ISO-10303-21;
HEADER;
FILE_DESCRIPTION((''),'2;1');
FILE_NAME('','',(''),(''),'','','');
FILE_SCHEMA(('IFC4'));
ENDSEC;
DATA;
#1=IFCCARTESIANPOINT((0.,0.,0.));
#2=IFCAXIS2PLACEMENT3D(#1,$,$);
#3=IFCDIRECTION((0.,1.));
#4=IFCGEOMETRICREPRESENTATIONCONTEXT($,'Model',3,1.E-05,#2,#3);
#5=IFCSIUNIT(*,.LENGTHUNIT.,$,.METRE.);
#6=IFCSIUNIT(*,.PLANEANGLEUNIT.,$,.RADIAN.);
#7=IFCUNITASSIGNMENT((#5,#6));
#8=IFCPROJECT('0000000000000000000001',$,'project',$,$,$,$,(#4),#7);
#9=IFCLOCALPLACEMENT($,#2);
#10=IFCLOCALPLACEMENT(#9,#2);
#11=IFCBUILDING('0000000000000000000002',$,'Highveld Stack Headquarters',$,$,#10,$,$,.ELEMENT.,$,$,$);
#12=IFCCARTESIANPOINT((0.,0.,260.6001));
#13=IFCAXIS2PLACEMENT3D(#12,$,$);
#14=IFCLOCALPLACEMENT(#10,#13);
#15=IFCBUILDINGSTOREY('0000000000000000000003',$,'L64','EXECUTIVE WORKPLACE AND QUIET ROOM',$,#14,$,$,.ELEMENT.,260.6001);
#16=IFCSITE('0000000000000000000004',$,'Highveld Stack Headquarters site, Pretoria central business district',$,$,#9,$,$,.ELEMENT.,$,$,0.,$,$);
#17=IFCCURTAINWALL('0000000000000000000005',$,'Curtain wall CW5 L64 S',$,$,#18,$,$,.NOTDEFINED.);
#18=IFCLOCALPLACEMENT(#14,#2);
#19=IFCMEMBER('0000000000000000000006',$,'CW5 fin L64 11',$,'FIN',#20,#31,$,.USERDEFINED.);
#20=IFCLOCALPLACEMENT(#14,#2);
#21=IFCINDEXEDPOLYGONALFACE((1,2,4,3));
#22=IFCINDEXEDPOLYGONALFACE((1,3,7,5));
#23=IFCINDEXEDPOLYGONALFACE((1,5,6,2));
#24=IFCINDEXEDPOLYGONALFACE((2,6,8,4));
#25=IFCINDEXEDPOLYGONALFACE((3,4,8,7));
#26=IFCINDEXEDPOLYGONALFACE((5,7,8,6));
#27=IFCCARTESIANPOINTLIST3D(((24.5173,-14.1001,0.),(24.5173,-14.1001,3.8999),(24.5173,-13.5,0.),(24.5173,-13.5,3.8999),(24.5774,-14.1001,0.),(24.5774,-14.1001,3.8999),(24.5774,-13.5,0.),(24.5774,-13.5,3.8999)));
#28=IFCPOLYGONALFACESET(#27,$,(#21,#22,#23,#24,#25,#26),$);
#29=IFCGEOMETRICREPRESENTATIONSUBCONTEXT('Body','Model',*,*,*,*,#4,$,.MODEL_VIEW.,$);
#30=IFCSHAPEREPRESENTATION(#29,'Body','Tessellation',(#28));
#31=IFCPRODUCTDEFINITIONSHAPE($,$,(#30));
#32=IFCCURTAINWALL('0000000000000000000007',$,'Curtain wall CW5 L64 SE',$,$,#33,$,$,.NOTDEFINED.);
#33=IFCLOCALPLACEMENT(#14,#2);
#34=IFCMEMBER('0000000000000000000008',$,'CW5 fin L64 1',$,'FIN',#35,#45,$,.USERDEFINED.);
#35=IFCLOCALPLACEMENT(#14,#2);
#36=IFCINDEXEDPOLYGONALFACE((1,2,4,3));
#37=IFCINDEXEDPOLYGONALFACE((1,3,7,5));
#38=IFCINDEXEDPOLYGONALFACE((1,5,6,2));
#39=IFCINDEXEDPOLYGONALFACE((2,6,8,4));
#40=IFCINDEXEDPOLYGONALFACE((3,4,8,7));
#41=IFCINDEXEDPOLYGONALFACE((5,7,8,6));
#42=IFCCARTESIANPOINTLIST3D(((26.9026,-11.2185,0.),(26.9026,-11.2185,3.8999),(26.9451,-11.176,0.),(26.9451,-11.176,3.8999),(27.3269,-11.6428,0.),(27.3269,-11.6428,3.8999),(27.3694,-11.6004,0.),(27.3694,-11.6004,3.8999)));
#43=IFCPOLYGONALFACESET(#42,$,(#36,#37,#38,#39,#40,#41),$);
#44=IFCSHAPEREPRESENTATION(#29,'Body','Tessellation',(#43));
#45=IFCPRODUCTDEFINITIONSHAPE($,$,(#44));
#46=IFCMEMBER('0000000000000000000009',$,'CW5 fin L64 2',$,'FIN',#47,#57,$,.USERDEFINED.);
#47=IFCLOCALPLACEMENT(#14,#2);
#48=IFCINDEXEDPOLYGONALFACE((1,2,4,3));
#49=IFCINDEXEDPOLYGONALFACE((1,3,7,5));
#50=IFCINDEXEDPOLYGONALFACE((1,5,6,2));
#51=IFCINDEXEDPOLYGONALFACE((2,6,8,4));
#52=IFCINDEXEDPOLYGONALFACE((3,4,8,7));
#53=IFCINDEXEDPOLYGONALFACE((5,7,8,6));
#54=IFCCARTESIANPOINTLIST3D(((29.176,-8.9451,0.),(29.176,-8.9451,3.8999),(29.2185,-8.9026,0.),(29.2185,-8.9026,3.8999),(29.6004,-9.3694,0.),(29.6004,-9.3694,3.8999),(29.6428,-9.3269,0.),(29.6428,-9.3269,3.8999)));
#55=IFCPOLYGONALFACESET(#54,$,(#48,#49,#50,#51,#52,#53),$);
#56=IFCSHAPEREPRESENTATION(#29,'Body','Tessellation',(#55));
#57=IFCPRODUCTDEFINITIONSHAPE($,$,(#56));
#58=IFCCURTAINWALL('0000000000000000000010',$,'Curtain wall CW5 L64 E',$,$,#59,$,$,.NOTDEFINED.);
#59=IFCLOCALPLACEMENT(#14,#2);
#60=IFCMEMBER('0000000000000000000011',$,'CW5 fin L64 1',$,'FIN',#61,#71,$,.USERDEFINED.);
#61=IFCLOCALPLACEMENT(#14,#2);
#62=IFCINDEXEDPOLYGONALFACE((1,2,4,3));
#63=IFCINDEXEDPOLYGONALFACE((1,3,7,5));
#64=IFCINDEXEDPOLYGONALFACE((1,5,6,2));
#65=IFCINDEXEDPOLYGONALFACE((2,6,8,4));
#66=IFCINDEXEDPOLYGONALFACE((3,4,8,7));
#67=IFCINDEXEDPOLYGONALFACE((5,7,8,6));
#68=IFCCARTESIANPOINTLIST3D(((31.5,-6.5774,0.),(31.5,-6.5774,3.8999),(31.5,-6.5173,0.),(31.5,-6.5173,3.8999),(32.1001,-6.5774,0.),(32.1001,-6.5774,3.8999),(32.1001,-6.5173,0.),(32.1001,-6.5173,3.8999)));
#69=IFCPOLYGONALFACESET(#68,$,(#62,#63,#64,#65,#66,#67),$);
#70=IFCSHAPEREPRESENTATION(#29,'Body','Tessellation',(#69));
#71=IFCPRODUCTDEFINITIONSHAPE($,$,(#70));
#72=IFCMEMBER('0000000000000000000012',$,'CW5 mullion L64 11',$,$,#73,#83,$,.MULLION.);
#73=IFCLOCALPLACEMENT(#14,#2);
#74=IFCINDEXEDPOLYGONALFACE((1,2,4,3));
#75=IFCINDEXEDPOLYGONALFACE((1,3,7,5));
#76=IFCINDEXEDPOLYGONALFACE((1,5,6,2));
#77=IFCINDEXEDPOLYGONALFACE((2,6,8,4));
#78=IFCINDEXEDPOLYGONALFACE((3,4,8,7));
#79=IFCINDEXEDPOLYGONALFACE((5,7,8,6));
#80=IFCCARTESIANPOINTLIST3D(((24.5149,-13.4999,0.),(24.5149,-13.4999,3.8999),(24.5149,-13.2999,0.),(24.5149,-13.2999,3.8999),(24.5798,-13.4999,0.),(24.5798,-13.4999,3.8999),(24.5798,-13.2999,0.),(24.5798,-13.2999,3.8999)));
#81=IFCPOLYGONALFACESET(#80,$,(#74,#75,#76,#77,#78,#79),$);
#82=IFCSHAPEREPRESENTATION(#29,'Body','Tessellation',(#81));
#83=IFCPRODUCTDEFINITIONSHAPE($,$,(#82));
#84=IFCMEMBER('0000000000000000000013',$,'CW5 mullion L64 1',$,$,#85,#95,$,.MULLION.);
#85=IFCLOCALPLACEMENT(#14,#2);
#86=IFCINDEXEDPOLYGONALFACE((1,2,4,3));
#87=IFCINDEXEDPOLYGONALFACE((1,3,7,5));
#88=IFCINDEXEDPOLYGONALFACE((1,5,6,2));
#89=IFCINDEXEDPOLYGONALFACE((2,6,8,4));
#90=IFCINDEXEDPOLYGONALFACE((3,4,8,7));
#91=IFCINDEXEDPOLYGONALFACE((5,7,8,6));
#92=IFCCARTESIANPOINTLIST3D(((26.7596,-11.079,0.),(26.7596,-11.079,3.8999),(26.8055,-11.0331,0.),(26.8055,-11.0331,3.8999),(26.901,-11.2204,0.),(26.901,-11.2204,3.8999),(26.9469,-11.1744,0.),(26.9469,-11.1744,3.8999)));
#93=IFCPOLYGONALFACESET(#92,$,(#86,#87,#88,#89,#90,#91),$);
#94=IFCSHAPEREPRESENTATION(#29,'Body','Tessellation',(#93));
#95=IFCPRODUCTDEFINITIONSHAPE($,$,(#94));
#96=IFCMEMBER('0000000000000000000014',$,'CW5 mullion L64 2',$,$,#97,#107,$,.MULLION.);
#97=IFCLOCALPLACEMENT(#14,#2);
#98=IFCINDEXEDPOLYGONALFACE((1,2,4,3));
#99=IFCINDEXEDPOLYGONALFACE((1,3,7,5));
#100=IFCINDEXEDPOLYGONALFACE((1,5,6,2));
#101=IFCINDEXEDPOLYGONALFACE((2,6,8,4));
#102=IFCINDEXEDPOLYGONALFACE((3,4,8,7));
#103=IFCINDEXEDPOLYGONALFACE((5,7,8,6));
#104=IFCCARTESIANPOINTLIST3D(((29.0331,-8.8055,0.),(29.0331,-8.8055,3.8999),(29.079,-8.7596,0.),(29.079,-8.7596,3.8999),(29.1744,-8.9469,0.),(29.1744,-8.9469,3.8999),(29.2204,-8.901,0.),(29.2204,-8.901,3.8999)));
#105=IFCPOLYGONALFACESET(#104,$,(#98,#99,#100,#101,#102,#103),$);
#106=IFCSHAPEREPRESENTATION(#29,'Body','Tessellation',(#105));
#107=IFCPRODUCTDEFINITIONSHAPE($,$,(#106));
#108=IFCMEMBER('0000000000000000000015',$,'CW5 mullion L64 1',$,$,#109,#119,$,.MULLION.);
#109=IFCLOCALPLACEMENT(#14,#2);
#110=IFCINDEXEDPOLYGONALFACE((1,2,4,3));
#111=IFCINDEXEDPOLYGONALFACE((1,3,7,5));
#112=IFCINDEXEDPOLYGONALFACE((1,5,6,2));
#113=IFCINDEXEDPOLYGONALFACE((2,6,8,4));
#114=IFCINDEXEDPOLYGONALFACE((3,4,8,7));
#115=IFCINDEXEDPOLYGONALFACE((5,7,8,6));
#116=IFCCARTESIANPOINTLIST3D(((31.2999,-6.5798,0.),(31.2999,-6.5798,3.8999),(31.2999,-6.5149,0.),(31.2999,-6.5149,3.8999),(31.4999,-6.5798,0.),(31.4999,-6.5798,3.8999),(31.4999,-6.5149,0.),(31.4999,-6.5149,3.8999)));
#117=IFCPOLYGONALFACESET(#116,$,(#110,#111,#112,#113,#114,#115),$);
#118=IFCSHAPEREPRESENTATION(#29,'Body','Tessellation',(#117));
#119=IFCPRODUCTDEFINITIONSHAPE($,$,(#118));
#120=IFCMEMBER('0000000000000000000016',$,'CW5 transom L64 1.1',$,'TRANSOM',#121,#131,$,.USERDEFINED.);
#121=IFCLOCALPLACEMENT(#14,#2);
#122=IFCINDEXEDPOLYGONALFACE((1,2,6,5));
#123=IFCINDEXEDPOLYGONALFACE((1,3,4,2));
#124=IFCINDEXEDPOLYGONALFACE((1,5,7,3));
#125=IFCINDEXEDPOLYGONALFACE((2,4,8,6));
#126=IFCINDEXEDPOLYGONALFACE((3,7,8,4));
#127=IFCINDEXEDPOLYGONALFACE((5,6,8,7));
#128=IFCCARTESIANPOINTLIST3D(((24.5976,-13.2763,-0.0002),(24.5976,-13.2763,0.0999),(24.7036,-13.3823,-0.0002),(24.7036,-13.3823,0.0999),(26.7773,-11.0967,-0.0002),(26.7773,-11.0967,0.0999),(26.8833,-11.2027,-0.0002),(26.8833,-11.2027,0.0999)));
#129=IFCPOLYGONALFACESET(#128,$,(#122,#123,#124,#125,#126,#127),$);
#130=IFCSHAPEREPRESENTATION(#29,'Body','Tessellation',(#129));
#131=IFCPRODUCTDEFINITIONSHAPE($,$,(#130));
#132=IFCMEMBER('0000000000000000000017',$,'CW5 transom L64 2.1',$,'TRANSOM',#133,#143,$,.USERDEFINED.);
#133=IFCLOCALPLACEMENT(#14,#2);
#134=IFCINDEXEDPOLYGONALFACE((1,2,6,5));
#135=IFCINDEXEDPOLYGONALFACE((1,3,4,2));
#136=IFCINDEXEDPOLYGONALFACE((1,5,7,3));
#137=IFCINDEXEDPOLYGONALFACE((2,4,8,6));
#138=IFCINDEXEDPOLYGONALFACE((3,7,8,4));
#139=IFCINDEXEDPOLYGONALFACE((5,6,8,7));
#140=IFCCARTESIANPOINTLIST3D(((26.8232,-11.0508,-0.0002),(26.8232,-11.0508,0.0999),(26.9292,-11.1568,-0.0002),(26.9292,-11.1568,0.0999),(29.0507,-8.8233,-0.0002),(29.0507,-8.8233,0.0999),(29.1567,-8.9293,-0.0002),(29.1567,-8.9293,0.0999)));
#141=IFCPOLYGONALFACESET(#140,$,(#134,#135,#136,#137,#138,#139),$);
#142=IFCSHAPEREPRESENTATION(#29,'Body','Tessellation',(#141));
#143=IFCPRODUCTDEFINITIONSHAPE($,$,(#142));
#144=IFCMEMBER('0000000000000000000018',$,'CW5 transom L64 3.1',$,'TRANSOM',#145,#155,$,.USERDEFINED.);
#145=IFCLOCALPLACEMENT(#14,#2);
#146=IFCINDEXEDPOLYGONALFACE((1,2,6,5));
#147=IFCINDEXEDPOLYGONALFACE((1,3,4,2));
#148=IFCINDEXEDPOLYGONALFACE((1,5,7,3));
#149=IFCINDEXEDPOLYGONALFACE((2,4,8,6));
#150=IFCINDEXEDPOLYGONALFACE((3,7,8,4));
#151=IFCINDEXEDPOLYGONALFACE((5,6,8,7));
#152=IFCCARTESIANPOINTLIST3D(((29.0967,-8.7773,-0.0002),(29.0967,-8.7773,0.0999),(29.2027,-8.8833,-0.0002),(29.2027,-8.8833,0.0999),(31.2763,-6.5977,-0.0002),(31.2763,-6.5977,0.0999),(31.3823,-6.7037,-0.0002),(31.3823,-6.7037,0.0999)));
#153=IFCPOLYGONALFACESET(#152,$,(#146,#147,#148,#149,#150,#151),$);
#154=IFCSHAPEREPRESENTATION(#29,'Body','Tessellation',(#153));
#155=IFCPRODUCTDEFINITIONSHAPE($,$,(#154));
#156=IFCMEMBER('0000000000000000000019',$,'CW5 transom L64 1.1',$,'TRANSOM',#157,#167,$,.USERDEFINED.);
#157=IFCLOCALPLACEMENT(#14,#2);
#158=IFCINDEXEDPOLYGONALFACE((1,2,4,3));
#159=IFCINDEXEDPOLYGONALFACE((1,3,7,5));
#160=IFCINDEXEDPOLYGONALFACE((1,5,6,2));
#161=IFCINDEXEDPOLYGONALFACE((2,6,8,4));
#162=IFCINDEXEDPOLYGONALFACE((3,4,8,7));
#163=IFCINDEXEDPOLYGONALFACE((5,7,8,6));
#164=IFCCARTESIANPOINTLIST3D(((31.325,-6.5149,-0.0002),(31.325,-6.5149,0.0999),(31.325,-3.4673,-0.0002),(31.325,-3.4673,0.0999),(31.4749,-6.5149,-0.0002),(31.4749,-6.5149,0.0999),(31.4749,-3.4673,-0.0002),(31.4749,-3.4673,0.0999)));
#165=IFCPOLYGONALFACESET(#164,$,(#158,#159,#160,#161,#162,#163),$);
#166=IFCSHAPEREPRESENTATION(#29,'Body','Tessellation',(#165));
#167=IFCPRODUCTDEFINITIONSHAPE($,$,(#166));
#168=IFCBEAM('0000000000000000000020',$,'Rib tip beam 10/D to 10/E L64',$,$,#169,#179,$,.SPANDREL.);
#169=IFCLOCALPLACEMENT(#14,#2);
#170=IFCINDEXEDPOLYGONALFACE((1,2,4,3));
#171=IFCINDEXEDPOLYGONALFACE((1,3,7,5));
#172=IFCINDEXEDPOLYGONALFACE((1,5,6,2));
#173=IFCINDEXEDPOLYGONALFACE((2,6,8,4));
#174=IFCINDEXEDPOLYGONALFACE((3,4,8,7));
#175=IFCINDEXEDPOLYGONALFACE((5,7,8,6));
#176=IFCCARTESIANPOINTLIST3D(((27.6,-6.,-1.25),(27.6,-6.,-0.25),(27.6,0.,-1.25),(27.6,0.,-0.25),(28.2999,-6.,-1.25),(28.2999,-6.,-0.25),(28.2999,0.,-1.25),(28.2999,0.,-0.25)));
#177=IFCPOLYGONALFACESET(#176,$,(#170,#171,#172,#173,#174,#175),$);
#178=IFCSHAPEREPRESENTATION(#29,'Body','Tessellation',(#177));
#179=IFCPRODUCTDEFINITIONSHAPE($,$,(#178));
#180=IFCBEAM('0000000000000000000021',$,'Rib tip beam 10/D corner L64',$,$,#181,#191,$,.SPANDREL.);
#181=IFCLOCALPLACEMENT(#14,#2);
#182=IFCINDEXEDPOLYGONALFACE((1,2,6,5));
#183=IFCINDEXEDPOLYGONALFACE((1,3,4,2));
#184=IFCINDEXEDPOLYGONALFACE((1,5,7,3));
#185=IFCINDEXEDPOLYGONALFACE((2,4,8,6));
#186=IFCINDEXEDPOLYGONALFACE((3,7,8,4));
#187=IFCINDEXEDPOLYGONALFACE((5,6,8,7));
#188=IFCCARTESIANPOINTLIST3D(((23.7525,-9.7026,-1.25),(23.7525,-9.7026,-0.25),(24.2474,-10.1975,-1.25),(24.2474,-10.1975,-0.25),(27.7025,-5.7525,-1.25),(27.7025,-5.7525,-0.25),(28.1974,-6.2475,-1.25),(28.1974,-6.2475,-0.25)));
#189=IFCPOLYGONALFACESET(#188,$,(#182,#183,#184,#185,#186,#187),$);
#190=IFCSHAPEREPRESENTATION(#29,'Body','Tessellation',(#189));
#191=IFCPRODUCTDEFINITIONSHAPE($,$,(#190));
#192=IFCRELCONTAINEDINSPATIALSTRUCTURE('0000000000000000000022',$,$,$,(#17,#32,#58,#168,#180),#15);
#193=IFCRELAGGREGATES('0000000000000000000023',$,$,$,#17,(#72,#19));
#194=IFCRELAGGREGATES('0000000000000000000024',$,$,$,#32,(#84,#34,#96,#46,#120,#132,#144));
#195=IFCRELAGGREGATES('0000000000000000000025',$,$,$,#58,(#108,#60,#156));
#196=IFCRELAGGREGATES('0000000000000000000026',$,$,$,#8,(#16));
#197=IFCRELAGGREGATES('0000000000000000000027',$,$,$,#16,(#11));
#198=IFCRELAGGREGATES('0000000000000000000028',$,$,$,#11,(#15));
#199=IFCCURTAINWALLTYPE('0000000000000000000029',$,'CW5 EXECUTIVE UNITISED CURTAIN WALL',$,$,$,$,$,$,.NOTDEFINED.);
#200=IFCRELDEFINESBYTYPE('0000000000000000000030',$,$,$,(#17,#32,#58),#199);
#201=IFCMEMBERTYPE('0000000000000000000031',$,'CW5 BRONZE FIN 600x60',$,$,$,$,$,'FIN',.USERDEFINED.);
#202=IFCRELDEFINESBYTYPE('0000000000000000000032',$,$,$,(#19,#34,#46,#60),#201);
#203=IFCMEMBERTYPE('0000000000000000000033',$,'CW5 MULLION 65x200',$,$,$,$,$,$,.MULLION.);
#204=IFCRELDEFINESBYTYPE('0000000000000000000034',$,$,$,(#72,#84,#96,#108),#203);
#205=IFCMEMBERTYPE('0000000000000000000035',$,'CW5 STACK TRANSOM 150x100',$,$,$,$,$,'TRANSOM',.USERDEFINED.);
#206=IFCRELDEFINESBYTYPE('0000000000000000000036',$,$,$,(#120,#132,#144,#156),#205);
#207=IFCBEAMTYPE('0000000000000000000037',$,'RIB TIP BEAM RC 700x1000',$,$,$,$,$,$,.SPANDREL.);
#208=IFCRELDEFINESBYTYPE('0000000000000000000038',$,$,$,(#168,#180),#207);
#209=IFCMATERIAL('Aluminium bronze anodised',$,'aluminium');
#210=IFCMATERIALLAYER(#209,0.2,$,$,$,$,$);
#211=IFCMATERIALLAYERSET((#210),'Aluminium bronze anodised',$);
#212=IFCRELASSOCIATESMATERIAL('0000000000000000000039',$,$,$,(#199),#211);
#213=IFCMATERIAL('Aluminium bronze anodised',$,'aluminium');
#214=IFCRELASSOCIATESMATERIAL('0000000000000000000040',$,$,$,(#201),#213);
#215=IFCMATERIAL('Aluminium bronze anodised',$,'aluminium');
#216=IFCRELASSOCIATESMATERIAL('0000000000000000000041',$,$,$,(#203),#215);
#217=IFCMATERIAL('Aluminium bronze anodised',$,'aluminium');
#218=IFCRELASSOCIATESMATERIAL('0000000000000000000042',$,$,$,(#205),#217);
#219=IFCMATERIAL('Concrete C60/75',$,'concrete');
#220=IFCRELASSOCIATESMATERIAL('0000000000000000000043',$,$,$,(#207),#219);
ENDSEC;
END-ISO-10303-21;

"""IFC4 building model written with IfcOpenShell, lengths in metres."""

from ifc_helpers import new_model, si_unit, direction, frame, origin, origin_2d, place, context, subcontext, project, spatial, rectangle, extrude, material, layer, layer_set, material_profile, profile_set, type_object, element, aggregate, save


model = new_model("IFC4")

# Units and contexts
model_context = context("Model", 3, precision=1e-05, world=origin(), true_north=direction((0.0, 1.0)))
body_context = subcontext(model_context, "Body", "Model", "MODEL_VIEW")
ifc_project = project(units=[si_unit("LENGTHUNIT", "METRE"), si_unit("PLANEANGLEUNIT", "RADIAN")], contexts=[model_context])

# Site, building, storey
site_placement = place(None, origin())
site = spatial("IfcSite", under=ifc_project, at=site_placement, Name="Highveld Stack Headquarters site, Pretoria central business district", CompositionType="ELEMENT", RefElevation=0.0)
building_placement = place(site_placement, origin())
building = spatial("IfcBuilding", under=site, at=building_placement, Name="Highveld Stack Headquarters", CompositionType="ELEMENT")
storey_placement = place(building_placement, frame((0.0, 0.0, 260.6001)))
storey = spatial("IfcBuildingStorey", under=building, at=storey_placement, Name="L64", Description="EXECUTIVE WORKPLACE AND QUIET ROOM", CompositionType="ELEMENT", Elevation=260.6001)

# Curtain wall, member
ifc_material_1 = material(Name="Aluminium bronze anodised", Category="aluminium")
ifc_layer_1 = layer(ifc_material_1, 0.2)
ifc_layer_set_1 = layer_set([ifc_layer_1], Name="Aluminium bronze anodised")
curtain_wall_type = type_object("IfcCurtainWallType", Name="CW5 EXECUTIVE UNITISED CURTAIN WALL", PredefinedType="NOTDEFINED", material=ifc_layer_set_1)
curtain_wall_1_placement = place(storey_placement, origin())
curtain_wall_1 = element("IfcCurtainWall", 1, at=curtain_wall_1_placement, inside=storey, type_object=curtain_wall_type, Name="Curtain wall CW5 L64 S", PredefinedType="NOTDEFINED")
ifc_material_2 = material(Name="Aluminium bronze anodised", Category="aluminium")
ifc_material_profile_1 = material_profile(ifc_material_2, rectangle(XDim=0.6001, YDim=0.0601, at=origin_2d()), Name="FIN 600x60")
ifc_profile_set_1 = profile_set([ifc_material_profile_1], Name="Aluminium bronze anodised")
member_type_1 = type_object("IfcMemberType", Name="CW5 BRONZE FIN 600x60", ElementType="FIN", PredefinedType="USERDEFINED", material=ifc_profile_set_1)
member_1_placement = place(storey_placement, frame((24.5474, -13.8, 0.0), z_axis=(0.0, 0.0, 1.0), x_axis=(0.0, 1.0, 0.0)))
member_1 = element("IfcMember", 2, at=member_1_placement, type_object=member_type_1, Name="CW5 fin L64 11", ObjectType="FIN", PredefinedType="USERDEFINED", context=body_context, shape_type="SweptSolid", body=[
    extrude(rectangle(XDim=0.6001, YDim=0.0601, at=origin_2d()), origin(), (0.0, 0.0, 1.0), 3.8999),
])

# Curtain wall, members
curtain_wall_2_placement = place(storey_placement, origin())
curtain_wall_2 = element("IfcCurtainWall", 3, at=curtain_wall_2_placement, inside=storey, type_object=curtain_wall_type, Name="Curtain wall CW5 L64 SE", PredefinedType="NOTDEFINED")
member_2_placement = place(storey_placement, frame((27.136, -11.4094, 0.0), z_axis=(0.0, 0.0, 1.0), x_axis=(-0.707107, 0.707107, 0.0)))
member_2 = element("IfcMember", 4, at=member_2_placement, type_object=member_type_1, Name="CW5 fin L64 1", ObjectType="FIN", PredefinedType="USERDEFINED", context=body_context, shape_type="SweptSolid", body=[
    extrude(rectangle(XDim=0.6001, YDim=0.0601, at=origin_2d()), origin(), (0.0, 0.0, 1.0), 3.8999),
])
member_3_placement = place(storey_placement, frame((29.4094, -9.136, 0.0), z_axis=(0.0, 0.0, 1.0), x_axis=(-0.707107, 0.707107, 0.0)))
member_3 = element("IfcMember", 5, at=member_3_placement, type_object=member_type_1, Name="CW5 fin L64 2", ObjectType="FIN", PredefinedType="USERDEFINED", context=body_context, shape_type="SweptSolid", body=[
    extrude(rectangle(XDim=0.6001, YDim=0.0601, at=origin_2d()), origin(), (0.0, 0.0, 1.0), 3.8999),
])

# Curtain wall, member
curtain_wall_3_placement = place(storey_placement, origin())
curtain_wall_3 = element("IfcCurtainWall", 6, at=curtain_wall_3_placement, inside=storey, type_object=curtain_wall_type, Name="Curtain wall CW5 L64 E", PredefinedType="NOTDEFINED")
member_4_placement = place(storey_placement, frame((31.8, -6.5474, 0.0), z_axis=(0.0, 0.0, 1.0), x_axis=(-1.0, 0.0, 0.0)))
member_4 = element("IfcMember", 7, at=member_4_placement, type_object=member_type_1, Name="CW5 fin L64 1", ObjectType="FIN", PredefinedType="USERDEFINED", context=body_context, shape_type="SweptSolid", body=[
    extrude(rectangle(XDim=0.6001, YDim=0.0601, at=origin_2d()), origin(), (0.0, 0.0, 1.0), 3.8999),
])

# Members
ifc_material_3 = material(Name="Aluminium bronze anodised", Category="aluminium")
ifc_material_profile_2 = material_profile(ifc_material_3, rectangle(XDim=0.2, YDim=0.0649, at=origin_2d()), Name="CW5 MULLION 65x200")
ifc_profile_set_2 = profile_set([ifc_material_profile_2], Name="Aluminium bronze anodised")
member_type_2 = type_object("IfcMemberType", Name="CW5 MULLION 65x200", PredefinedType="MULLION", material=ifc_profile_set_2)
member_5_placement = place(storey_placement, frame((24.5474, -13.3999, 0.0), z_axis=(0.0, 0.0, 1.0), x_axis=(0.0, 1.0, 0.0)))
member_5 = element("IfcMember", 8, at=member_5_placement, type_object=member_type_2, Name="CW5 mullion L64 11", PredefinedType="MULLION", context=body_context, shape_type="SweptSolid", body=[
    extrude(rectangle(XDim=0.2, YDim=0.0649, at=origin_2d()), origin(), (0.0, 0.0, 1.0), 3.8999),
])
aggregate(curtain_wall_1, [member_5, member_1])
member_6_placement = place(storey_placement, frame((26.8533, -11.1267, 0.0), z_axis=(0.0, 0.0, 1.0), x_axis=(-0.707107, 0.707107, 0.0)))
member_6 = element("IfcMember", 9, at=member_6_placement, type_object=member_type_2, Name="CW5 mullion L64 1", PredefinedType="MULLION", context=body_context, shape_type="SweptSolid", body=[
    extrude(rectangle(XDim=0.2, YDim=0.0649, at=origin_2d()), origin(), (0.0, 0.0, 1.0), 3.8999),
])
member_7_placement = place(storey_placement, frame((29.1267, -8.8533, 0.0), z_axis=(0.0, 0.0, 1.0), x_axis=(-0.707107, 0.707107, 0.0)))
member_7 = element("IfcMember", 10, at=member_7_placement, type_object=member_type_2, Name="CW5 mullion L64 2", PredefinedType="MULLION", context=body_context, shape_type="SweptSolid", body=[
    extrude(rectangle(XDim=0.2, YDim=0.0649, at=origin_2d()), origin(), (0.0, 0.0, 1.0), 3.8999),
])
member_8_placement = place(storey_placement, frame((31.3999, -6.5474, 0.0), z_axis=(0.0, 0.0, 1.0), x_axis=(-1.0, 0.0, 0.0)))
member_8 = element("IfcMember", 11, at=member_8_placement, type_object=member_type_2, Name="CW5 mullion L64 1", PredefinedType="MULLION", context=body_context, shape_type="SweptSolid", body=[
    extrude(rectangle(XDim=0.2, YDim=0.0649, at=origin_2d()), origin(), (0.0, 0.0, 1.0), 3.8999),
])
ifc_material_4 = material(Name="Aluminium bronze anodised", Category="aluminium")
ifc_material_profile_3 = material_profile(ifc_material_4, rectangle(XDim=0.1499, YDim=0.1001, at=origin_2d()), Name="CW5 TRANSOM 150x100")
ifc_profile_set_3 = profile_set([ifc_material_profile_3], Name="Aluminium bronze anodised")
member_type_3 = type_object("IfcMemberType", Name="CW5 STACK TRANSOM 150x100", ElementType="TRANSOM", PredefinedType="USERDEFINED", material=ifc_profile_set_3)
member_9_placement = place(storey_placement, frame((24.6506, -13.3293, 0.0498), z_axis=(0.707107, 0.707107, 0.0), x_axis=(-0.707107, 0.707107, 0.0)))
member_9 = element("IfcMember", 12, at=member_9_placement, type_object=member_type_3, Name="CW5 transom L64 1.1", ObjectType="TRANSOM", PredefinedType="USERDEFINED", context=body_context, shape_type="SweptSolid", body=[
    extrude(rectangle(XDim=0.1499, YDim=0.1001, at=origin_2d()), origin(), (0.0, 0.0, 1.0), 3.0825),
])
member_10_placement = place(storey_placement, frame((26.8762, -11.1038, 0.0498), z_axis=(0.707107, 0.707107, 0.0), x_axis=(-0.707107, 0.707107, 0.0)))
member_10 = element("IfcMember", 13, at=member_10_placement, type_object=member_type_3, Name="CW5 transom L64 2.1", ObjectType="TRANSOM", PredefinedType="USERDEFINED", context=body_context, shape_type="SweptSolid", body=[
    extrude(rectangle(XDim=0.1499, YDim=0.1001, at=origin_2d()), origin(), (0.0, 0.0, 1.0), 3.1501),
])
member_11_placement = place(storey_placement, frame((29.1497, -8.8303, 0.0498), z_axis=(0.707107, 0.707107, 0.0), x_axis=(-0.707107, 0.707107, 0.0)))
member_11 = element("IfcMember", 14, at=member_11_placement, type_object=member_type_3, Name="CW5 transom L64 3.1", ObjectType="TRANSOM", PredefinedType="USERDEFINED", context=body_context, shape_type="SweptSolid", body=[
    extrude(rectangle(XDim=0.1499, YDim=0.1001, at=origin_2d()), origin(), (0.0, 0.0, 1.0), 3.0825),
])
member_12_placement = place(storey_placement, frame((31.3999, -6.5149, 0.0498), z_axis=(0.0, 1.0, 0.0), x_axis=(-1.0, 0.0, 0.0)))
member_12 = element("IfcMember", 15, at=member_12_placement, type_object=member_type_3, Name="CW5 transom L64 1.1", ObjectType="TRANSOM", PredefinedType="USERDEFINED", context=body_context, shape_type="SweptSolid", body=[
    extrude(rectangle(XDim=0.1499, YDim=0.1001, at=origin_2d()), origin(), (0.0, 0.0, 1.0), 3.0476),
])

# Beams
ifc_material_5 = material(Name="Concrete C60/75", Category="concrete")
ifc_material_profile_4 = material_profile(ifc_material_5, rectangle(XDim=0.7, YDim=1.0, at=origin_2d()), Name="RC 700x1000")
ifc_profile_set_4 = profile_set([ifc_material_profile_4], Name="Concrete C60/75")
beam_type = type_object("IfcBeamType", Name="RIB TIP BEAM RC 700x1000", PredefinedType="SPANDREL", material=ifc_profile_set_4)
beam_1_placement = place(storey_placement, frame((27.95, -6.0, -0.75), z_axis=(0.0, 1.0, 0.0), x_axis=(-1.0, 0.0, 0.0)))
element("IfcBeam", 16, at=beam_1_placement, inside=storey, type_object=beam_type, Name="Rib tip beam 10/D to 10/E L64", PredefinedType="SPANDREL", context=body_context, shape_type="SweptSolid", body=[
    extrude(rectangle(XDim=0.7, YDim=1.0, at=origin_2d()), origin(), (0.0, 0.0, 1.0), 6.0),
])
beam_2_placement = place(storey_placement, frame((27.95, -6.0, -0.75), z_axis=(-0.707107, -0.707107, 0.0), x_axis=(0.707107, -0.707107, 0.0)))
element("IfcBeam", 17, at=beam_2_placement, inside=storey, type_object=beam_type, Name="Rib tip beam 10/D corner L64", PredefinedType="SPANDREL", context=body_context, shape_type="SweptSolid", body=[
    extrude(rectangle(XDim=0.7, YDim=1.0, at=origin_2d()), origin(), (0.0, 0.0, 1.0), 5.5862),
])

aggregate(curtain_wall_2, [member_6, member_2, member_7, member_3, member_9, member_10, member_11])
aggregate(curtain_wall_3, [member_8, member_4, member_12])

save(model, "model.ifc")
